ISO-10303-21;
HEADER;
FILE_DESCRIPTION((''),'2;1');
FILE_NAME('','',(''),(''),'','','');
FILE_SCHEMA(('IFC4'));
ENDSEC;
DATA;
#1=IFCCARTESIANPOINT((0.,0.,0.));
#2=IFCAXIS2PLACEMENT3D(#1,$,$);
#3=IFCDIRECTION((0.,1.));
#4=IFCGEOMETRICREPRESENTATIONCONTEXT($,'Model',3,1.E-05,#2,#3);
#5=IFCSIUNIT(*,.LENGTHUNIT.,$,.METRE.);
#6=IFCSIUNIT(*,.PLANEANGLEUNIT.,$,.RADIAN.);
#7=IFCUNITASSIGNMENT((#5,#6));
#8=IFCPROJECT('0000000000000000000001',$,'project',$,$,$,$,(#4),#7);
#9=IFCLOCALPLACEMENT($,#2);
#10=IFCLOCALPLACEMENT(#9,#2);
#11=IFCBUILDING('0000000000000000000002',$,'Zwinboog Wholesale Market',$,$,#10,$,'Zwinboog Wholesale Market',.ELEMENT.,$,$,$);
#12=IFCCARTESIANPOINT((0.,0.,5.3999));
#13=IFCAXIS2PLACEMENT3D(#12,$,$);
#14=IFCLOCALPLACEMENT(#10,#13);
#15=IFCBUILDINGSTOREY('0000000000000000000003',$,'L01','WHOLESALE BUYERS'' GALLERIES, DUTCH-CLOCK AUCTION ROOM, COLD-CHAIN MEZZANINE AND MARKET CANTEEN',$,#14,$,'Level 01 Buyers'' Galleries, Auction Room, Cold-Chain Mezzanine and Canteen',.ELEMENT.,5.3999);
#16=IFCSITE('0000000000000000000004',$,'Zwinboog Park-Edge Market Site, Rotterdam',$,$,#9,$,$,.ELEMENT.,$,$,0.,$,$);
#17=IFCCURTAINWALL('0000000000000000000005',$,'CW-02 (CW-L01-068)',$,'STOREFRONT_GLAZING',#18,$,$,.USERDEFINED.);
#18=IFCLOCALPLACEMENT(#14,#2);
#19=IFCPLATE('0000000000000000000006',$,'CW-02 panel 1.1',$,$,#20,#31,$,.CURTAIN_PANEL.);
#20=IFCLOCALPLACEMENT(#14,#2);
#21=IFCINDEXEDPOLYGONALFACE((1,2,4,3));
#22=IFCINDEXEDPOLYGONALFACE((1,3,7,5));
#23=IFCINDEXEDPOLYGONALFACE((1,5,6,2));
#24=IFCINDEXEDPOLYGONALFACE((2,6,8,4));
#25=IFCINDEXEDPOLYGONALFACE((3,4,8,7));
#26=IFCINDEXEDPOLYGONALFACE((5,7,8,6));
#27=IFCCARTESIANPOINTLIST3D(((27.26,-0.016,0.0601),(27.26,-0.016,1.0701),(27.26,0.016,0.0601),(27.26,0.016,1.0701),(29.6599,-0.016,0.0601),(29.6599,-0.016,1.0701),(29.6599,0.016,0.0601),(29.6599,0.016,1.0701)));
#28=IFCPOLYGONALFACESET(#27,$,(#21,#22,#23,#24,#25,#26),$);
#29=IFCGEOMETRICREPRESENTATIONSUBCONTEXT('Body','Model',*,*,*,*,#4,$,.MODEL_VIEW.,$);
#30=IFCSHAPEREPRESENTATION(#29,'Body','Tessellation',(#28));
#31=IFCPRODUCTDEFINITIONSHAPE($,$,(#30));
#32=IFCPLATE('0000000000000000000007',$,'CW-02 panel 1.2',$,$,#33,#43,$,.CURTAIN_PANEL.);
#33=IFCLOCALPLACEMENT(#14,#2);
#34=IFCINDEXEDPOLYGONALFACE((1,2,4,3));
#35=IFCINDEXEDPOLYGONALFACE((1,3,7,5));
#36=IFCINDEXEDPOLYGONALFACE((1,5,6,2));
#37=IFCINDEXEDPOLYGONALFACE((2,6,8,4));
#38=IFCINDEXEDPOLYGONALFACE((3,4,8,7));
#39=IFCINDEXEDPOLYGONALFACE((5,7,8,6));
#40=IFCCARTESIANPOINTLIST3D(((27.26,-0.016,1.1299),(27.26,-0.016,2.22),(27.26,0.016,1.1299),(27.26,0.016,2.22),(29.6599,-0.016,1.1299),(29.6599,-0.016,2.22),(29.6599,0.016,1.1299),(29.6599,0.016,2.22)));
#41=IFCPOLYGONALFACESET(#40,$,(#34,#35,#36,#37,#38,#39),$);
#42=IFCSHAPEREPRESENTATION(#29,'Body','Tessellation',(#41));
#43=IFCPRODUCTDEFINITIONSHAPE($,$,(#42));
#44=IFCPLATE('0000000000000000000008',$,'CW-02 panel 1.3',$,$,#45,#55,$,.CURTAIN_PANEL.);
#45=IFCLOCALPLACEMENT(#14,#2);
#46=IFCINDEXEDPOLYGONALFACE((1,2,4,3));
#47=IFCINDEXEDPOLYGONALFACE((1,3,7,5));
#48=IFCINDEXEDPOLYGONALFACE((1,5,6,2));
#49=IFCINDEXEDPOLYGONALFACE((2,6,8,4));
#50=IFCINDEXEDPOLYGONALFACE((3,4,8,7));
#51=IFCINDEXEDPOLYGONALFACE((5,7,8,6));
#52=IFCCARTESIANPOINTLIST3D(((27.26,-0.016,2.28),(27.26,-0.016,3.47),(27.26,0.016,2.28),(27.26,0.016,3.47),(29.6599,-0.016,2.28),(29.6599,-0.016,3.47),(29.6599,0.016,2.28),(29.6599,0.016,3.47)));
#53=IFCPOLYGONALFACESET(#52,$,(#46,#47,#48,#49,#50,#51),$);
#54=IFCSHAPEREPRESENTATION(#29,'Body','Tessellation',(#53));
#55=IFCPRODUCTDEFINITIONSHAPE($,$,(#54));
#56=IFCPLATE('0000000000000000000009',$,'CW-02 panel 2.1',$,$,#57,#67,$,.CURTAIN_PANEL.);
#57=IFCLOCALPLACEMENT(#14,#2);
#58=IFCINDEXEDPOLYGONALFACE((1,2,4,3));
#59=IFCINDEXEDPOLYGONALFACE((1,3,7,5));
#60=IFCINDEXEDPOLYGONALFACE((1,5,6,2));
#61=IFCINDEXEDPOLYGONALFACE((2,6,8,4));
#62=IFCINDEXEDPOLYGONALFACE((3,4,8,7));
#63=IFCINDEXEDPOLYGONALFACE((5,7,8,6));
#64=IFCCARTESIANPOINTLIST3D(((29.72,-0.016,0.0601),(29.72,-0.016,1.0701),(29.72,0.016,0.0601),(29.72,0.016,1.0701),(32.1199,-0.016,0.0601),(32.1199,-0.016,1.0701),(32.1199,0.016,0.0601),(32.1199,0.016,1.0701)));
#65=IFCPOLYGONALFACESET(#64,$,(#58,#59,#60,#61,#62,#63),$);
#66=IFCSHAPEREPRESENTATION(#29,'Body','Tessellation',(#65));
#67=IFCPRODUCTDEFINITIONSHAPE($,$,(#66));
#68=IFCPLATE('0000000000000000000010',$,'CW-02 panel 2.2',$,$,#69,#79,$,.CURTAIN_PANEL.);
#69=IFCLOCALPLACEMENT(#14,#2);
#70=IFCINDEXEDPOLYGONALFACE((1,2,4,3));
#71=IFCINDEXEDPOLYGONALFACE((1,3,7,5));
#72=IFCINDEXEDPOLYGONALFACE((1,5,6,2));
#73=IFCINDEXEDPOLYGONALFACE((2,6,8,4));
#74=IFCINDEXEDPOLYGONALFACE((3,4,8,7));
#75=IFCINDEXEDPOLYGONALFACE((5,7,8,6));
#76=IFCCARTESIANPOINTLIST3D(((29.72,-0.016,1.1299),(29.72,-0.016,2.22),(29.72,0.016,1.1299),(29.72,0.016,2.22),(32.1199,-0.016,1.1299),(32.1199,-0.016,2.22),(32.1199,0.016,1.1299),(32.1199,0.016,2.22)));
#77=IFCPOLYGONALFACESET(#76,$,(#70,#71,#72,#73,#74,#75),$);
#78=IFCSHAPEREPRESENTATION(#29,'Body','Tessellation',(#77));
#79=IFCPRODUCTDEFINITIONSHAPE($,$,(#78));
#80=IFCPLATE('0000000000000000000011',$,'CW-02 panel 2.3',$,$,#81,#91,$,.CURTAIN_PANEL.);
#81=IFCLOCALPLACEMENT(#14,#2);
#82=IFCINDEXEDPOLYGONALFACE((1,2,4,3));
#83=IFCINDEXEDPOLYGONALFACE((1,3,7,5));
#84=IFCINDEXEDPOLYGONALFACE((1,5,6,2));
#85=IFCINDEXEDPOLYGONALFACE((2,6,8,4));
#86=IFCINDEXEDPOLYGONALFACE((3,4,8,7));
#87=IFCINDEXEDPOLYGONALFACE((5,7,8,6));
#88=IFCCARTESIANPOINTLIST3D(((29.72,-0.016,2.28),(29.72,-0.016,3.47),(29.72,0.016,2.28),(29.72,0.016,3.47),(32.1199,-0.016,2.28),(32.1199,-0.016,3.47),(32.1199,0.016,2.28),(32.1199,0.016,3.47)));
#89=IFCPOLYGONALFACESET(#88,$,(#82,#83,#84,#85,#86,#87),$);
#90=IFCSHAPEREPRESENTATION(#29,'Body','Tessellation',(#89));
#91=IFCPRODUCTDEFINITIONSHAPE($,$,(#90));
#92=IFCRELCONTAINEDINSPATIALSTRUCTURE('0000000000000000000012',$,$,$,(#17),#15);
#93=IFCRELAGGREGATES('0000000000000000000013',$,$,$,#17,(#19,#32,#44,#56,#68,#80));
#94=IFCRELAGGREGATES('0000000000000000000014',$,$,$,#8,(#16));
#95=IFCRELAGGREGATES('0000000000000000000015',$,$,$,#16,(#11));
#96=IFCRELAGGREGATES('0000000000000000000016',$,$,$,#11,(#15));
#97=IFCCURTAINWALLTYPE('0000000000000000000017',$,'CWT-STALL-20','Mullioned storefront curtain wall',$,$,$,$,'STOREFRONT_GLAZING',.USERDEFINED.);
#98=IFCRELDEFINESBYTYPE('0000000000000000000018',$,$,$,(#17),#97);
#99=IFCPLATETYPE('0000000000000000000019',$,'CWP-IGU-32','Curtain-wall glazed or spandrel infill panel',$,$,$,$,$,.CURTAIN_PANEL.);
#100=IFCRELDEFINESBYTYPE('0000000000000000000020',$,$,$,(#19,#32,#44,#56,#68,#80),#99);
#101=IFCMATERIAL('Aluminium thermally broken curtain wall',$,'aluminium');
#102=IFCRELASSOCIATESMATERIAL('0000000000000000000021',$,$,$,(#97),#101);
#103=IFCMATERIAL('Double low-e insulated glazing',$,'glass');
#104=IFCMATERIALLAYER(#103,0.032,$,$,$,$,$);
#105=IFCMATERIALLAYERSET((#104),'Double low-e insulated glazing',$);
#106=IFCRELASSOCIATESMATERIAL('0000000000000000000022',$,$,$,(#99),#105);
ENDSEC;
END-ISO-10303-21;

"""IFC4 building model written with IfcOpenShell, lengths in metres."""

from ifc_helpers import new_model, si_unit, direction, frame, origin, origin_2d, place, context, subcontext, project, spatial, rectangle, extrude, material, layer, layer_set, type_object, element, aggregate, save


model = new_model("IFC4")

# Units and contexts
model_context = context("Model", 3, precision=1e-05, world=origin(), true_north=direction((0.0, 1.0)))
body_context = subcontext(model_context, "Body", "Model", "MODEL_VIEW")
ifc_project = project(units=[si_unit("LENGTHUNIT", "METRE"), si_unit("PLANEANGLEUNIT", "RADIAN")], contexts=[model_context])

# Site, building, storey
site_placement = place(None, origin())
site = spatial("IfcSite", under=ifc_project, at=site_placement, Name="Zwinboog Park-Edge Market Site, Rotterdam", CompositionType="ELEMENT", RefElevation=0.0)
building_placement = place(site_placement, origin())
building = spatial("IfcBuilding", under=site, at=building_placement, Name="Zwinboog Wholesale Market", LongName="Zwinboog Wholesale Market", CompositionType="ELEMENT")
storey_placement = place(building_placement, frame((0.0, 0.0, 5.3999)))
storey = spatial("IfcBuildingStorey", under=building, at=storey_placement, Name="L01", Description="WHOLESALE BUYERS' GALLERIES, DUTCH-CLOCK AUCTION ROOM, COLD-CHAIN MEZZANINE AND MARKET CANTEEN", LongName="Level 01 Buyers' Galleries, Auction Room, Cold-Chain Mezzanine and Canteen", CompositionType="ELEMENT", Elevation=5.3999)

# Curtain wall, plates
ifc_material_1 = material(Name="Aluminium thermally broken curtain wall", Category="aluminium")
curtain_wall_type = type_object("IfcCurtainWallType", Name="CWT-STALL-20", Description="Mullioned storefront curtain wall", ElementType="STOREFRONT_GLAZING", PredefinedType="USERDEFINED", material=ifc_material_1)
curtain_wall_placement = place(storey_placement, origin())
curtain_wall = element("IfcCurtainWall", 1, at=curtain_wall_placement, inside=storey, type_object=curtain_wall_type, Name="CW-02 (CW-L01-068)", ObjectType="STOREFRONT_GLAZING", PredefinedType="USERDEFINED")
ifc_material_2 = material(Name="Double low-e insulated glazing", Category="glass")
ifc_layer = layer(ifc_material_2, 0.032)
ifc_layer_set = layer_set([ifc_layer], Name="Double low-e insulated glazing")
plate_type = type_object("IfcPlateType", Name="CWP-IGU-32", Description="Curtain-wall glazed or spandrel infill panel", PredefinedType="CURTAIN_PANEL", material=ifc_layer_set)
plate_1_placement = place(storey_placement, frame((28.46, 0.0, 0.0601), z_axis=(0.0, 0.0, 1.0), x_axis=(1.0, 0.0, 0.0)))
plate_1 = element("IfcPlate", 2, at=plate_1_placement, type_object=plate_type, Name="CW-02 panel 1.1", PredefinedType="CURTAIN_PANEL", context=body_context, shape_type="SweptSolid", body=[
    extrude(rectangle(XDim=2.3999, YDim=0.032, at=origin_2d()), origin(), (0.0, 0.0, 1.0), 1.01),
])
plate_2_placement = place(storey_placement, frame((28.46, 0.0, 1.1299), z_axis=(0.0, 0.0, 1.0), x_axis=(1.0, 0.0, 0.0)))
plate_2 = element("IfcPlate", 3, at=plate_2_placement, type_object=plate_type, Name="CW-02 panel 1.2", PredefinedType="CURTAIN_PANEL", context=body_context, shape_type="SweptSolid", body=[
    extrude(rectangle(XDim=2.3999, YDim=0.032, at=origin_2d()), origin(), (0.0, 0.0, 1.0), 1.0901),
])
plate_3_placement = place(storey_placement, frame((28.46, 0.0, 2.28), z_axis=(0.0, 0.0, 1.0), x_axis=(1.0, 0.0, 0.0)))
plate_3 = element("IfcPlate", 4, at=plate_3_placement, type_object=plate_type, Name="CW-02 panel 1.3", PredefinedType="CURTAIN_PANEL", context=body_context, shape_type="SweptSolid", body=[
    extrude(rectangle(XDim=2.3999, YDim=0.032, at=origin_2d()), origin(), (0.0, 0.0, 1.0), 1.1899),
])
plate_4_placement = place(storey_placement, frame((30.9199, 0.0, 0.0601), z_axis=(0.0, 0.0, 1.0), x_axis=(1.0, 0.0, 0.0)))
plate_4 = element("IfcPlate", 5, at=plate_4_placement, type_object=plate_type, Name="CW-02 panel 2.1", PredefinedType="CURTAIN_PANEL", context=body_context, shape_type="SweptSolid", body=[
    extrude(rectangle(XDim=2.3999, YDim=0.032, at=origin_2d()), origin(), (0.0, 0.0, 1.0), 1.01),
])
plate_5_placement = place(storey_placement, frame((30.9199, 0.0, 1.1299), z_axis=(0.0, 0.0, 1.0), x_axis=(1.0, 0.0, 0.0)))
plate_5 = element("IfcPlate", 6, at=plate_5_placement, type_object=plate_type, Name="CW-02 panel 2.2", PredefinedType="CURTAIN_PANEL", context=body_context, shape_type="SweptSolid", body=[
    extrude(rectangle(XDim=2.3999, YDim=0.032, at=origin_2d()), origin(), (0.0, 0.0, 1.0), 1.0901),
])
plate_6_placement = place(storey_placement, frame((30.9199, 0.0, 2.28), z_axis=(0.0, 0.0, 1.0), x_axis=(1.0, 0.0, 0.0)))
plate_6 = element("IfcPlate", 7, at=plate_6_placement, type_object=plate_type, Name="CW-02 panel 2.3", PredefinedType="CURTAIN_PANEL", context=body_context, shape_type="SweptSolid", body=[
    extrude(rectangle(XDim=2.3999, YDim=0.032, at=origin_2d()), origin(), (0.0, 0.0, 1.0), 1.1899),
])
aggregate(curtain_wall, [plate_1, plate_2, plate_3, plate_4, plate_5, plate_6])

save(model, "model.ifc")
